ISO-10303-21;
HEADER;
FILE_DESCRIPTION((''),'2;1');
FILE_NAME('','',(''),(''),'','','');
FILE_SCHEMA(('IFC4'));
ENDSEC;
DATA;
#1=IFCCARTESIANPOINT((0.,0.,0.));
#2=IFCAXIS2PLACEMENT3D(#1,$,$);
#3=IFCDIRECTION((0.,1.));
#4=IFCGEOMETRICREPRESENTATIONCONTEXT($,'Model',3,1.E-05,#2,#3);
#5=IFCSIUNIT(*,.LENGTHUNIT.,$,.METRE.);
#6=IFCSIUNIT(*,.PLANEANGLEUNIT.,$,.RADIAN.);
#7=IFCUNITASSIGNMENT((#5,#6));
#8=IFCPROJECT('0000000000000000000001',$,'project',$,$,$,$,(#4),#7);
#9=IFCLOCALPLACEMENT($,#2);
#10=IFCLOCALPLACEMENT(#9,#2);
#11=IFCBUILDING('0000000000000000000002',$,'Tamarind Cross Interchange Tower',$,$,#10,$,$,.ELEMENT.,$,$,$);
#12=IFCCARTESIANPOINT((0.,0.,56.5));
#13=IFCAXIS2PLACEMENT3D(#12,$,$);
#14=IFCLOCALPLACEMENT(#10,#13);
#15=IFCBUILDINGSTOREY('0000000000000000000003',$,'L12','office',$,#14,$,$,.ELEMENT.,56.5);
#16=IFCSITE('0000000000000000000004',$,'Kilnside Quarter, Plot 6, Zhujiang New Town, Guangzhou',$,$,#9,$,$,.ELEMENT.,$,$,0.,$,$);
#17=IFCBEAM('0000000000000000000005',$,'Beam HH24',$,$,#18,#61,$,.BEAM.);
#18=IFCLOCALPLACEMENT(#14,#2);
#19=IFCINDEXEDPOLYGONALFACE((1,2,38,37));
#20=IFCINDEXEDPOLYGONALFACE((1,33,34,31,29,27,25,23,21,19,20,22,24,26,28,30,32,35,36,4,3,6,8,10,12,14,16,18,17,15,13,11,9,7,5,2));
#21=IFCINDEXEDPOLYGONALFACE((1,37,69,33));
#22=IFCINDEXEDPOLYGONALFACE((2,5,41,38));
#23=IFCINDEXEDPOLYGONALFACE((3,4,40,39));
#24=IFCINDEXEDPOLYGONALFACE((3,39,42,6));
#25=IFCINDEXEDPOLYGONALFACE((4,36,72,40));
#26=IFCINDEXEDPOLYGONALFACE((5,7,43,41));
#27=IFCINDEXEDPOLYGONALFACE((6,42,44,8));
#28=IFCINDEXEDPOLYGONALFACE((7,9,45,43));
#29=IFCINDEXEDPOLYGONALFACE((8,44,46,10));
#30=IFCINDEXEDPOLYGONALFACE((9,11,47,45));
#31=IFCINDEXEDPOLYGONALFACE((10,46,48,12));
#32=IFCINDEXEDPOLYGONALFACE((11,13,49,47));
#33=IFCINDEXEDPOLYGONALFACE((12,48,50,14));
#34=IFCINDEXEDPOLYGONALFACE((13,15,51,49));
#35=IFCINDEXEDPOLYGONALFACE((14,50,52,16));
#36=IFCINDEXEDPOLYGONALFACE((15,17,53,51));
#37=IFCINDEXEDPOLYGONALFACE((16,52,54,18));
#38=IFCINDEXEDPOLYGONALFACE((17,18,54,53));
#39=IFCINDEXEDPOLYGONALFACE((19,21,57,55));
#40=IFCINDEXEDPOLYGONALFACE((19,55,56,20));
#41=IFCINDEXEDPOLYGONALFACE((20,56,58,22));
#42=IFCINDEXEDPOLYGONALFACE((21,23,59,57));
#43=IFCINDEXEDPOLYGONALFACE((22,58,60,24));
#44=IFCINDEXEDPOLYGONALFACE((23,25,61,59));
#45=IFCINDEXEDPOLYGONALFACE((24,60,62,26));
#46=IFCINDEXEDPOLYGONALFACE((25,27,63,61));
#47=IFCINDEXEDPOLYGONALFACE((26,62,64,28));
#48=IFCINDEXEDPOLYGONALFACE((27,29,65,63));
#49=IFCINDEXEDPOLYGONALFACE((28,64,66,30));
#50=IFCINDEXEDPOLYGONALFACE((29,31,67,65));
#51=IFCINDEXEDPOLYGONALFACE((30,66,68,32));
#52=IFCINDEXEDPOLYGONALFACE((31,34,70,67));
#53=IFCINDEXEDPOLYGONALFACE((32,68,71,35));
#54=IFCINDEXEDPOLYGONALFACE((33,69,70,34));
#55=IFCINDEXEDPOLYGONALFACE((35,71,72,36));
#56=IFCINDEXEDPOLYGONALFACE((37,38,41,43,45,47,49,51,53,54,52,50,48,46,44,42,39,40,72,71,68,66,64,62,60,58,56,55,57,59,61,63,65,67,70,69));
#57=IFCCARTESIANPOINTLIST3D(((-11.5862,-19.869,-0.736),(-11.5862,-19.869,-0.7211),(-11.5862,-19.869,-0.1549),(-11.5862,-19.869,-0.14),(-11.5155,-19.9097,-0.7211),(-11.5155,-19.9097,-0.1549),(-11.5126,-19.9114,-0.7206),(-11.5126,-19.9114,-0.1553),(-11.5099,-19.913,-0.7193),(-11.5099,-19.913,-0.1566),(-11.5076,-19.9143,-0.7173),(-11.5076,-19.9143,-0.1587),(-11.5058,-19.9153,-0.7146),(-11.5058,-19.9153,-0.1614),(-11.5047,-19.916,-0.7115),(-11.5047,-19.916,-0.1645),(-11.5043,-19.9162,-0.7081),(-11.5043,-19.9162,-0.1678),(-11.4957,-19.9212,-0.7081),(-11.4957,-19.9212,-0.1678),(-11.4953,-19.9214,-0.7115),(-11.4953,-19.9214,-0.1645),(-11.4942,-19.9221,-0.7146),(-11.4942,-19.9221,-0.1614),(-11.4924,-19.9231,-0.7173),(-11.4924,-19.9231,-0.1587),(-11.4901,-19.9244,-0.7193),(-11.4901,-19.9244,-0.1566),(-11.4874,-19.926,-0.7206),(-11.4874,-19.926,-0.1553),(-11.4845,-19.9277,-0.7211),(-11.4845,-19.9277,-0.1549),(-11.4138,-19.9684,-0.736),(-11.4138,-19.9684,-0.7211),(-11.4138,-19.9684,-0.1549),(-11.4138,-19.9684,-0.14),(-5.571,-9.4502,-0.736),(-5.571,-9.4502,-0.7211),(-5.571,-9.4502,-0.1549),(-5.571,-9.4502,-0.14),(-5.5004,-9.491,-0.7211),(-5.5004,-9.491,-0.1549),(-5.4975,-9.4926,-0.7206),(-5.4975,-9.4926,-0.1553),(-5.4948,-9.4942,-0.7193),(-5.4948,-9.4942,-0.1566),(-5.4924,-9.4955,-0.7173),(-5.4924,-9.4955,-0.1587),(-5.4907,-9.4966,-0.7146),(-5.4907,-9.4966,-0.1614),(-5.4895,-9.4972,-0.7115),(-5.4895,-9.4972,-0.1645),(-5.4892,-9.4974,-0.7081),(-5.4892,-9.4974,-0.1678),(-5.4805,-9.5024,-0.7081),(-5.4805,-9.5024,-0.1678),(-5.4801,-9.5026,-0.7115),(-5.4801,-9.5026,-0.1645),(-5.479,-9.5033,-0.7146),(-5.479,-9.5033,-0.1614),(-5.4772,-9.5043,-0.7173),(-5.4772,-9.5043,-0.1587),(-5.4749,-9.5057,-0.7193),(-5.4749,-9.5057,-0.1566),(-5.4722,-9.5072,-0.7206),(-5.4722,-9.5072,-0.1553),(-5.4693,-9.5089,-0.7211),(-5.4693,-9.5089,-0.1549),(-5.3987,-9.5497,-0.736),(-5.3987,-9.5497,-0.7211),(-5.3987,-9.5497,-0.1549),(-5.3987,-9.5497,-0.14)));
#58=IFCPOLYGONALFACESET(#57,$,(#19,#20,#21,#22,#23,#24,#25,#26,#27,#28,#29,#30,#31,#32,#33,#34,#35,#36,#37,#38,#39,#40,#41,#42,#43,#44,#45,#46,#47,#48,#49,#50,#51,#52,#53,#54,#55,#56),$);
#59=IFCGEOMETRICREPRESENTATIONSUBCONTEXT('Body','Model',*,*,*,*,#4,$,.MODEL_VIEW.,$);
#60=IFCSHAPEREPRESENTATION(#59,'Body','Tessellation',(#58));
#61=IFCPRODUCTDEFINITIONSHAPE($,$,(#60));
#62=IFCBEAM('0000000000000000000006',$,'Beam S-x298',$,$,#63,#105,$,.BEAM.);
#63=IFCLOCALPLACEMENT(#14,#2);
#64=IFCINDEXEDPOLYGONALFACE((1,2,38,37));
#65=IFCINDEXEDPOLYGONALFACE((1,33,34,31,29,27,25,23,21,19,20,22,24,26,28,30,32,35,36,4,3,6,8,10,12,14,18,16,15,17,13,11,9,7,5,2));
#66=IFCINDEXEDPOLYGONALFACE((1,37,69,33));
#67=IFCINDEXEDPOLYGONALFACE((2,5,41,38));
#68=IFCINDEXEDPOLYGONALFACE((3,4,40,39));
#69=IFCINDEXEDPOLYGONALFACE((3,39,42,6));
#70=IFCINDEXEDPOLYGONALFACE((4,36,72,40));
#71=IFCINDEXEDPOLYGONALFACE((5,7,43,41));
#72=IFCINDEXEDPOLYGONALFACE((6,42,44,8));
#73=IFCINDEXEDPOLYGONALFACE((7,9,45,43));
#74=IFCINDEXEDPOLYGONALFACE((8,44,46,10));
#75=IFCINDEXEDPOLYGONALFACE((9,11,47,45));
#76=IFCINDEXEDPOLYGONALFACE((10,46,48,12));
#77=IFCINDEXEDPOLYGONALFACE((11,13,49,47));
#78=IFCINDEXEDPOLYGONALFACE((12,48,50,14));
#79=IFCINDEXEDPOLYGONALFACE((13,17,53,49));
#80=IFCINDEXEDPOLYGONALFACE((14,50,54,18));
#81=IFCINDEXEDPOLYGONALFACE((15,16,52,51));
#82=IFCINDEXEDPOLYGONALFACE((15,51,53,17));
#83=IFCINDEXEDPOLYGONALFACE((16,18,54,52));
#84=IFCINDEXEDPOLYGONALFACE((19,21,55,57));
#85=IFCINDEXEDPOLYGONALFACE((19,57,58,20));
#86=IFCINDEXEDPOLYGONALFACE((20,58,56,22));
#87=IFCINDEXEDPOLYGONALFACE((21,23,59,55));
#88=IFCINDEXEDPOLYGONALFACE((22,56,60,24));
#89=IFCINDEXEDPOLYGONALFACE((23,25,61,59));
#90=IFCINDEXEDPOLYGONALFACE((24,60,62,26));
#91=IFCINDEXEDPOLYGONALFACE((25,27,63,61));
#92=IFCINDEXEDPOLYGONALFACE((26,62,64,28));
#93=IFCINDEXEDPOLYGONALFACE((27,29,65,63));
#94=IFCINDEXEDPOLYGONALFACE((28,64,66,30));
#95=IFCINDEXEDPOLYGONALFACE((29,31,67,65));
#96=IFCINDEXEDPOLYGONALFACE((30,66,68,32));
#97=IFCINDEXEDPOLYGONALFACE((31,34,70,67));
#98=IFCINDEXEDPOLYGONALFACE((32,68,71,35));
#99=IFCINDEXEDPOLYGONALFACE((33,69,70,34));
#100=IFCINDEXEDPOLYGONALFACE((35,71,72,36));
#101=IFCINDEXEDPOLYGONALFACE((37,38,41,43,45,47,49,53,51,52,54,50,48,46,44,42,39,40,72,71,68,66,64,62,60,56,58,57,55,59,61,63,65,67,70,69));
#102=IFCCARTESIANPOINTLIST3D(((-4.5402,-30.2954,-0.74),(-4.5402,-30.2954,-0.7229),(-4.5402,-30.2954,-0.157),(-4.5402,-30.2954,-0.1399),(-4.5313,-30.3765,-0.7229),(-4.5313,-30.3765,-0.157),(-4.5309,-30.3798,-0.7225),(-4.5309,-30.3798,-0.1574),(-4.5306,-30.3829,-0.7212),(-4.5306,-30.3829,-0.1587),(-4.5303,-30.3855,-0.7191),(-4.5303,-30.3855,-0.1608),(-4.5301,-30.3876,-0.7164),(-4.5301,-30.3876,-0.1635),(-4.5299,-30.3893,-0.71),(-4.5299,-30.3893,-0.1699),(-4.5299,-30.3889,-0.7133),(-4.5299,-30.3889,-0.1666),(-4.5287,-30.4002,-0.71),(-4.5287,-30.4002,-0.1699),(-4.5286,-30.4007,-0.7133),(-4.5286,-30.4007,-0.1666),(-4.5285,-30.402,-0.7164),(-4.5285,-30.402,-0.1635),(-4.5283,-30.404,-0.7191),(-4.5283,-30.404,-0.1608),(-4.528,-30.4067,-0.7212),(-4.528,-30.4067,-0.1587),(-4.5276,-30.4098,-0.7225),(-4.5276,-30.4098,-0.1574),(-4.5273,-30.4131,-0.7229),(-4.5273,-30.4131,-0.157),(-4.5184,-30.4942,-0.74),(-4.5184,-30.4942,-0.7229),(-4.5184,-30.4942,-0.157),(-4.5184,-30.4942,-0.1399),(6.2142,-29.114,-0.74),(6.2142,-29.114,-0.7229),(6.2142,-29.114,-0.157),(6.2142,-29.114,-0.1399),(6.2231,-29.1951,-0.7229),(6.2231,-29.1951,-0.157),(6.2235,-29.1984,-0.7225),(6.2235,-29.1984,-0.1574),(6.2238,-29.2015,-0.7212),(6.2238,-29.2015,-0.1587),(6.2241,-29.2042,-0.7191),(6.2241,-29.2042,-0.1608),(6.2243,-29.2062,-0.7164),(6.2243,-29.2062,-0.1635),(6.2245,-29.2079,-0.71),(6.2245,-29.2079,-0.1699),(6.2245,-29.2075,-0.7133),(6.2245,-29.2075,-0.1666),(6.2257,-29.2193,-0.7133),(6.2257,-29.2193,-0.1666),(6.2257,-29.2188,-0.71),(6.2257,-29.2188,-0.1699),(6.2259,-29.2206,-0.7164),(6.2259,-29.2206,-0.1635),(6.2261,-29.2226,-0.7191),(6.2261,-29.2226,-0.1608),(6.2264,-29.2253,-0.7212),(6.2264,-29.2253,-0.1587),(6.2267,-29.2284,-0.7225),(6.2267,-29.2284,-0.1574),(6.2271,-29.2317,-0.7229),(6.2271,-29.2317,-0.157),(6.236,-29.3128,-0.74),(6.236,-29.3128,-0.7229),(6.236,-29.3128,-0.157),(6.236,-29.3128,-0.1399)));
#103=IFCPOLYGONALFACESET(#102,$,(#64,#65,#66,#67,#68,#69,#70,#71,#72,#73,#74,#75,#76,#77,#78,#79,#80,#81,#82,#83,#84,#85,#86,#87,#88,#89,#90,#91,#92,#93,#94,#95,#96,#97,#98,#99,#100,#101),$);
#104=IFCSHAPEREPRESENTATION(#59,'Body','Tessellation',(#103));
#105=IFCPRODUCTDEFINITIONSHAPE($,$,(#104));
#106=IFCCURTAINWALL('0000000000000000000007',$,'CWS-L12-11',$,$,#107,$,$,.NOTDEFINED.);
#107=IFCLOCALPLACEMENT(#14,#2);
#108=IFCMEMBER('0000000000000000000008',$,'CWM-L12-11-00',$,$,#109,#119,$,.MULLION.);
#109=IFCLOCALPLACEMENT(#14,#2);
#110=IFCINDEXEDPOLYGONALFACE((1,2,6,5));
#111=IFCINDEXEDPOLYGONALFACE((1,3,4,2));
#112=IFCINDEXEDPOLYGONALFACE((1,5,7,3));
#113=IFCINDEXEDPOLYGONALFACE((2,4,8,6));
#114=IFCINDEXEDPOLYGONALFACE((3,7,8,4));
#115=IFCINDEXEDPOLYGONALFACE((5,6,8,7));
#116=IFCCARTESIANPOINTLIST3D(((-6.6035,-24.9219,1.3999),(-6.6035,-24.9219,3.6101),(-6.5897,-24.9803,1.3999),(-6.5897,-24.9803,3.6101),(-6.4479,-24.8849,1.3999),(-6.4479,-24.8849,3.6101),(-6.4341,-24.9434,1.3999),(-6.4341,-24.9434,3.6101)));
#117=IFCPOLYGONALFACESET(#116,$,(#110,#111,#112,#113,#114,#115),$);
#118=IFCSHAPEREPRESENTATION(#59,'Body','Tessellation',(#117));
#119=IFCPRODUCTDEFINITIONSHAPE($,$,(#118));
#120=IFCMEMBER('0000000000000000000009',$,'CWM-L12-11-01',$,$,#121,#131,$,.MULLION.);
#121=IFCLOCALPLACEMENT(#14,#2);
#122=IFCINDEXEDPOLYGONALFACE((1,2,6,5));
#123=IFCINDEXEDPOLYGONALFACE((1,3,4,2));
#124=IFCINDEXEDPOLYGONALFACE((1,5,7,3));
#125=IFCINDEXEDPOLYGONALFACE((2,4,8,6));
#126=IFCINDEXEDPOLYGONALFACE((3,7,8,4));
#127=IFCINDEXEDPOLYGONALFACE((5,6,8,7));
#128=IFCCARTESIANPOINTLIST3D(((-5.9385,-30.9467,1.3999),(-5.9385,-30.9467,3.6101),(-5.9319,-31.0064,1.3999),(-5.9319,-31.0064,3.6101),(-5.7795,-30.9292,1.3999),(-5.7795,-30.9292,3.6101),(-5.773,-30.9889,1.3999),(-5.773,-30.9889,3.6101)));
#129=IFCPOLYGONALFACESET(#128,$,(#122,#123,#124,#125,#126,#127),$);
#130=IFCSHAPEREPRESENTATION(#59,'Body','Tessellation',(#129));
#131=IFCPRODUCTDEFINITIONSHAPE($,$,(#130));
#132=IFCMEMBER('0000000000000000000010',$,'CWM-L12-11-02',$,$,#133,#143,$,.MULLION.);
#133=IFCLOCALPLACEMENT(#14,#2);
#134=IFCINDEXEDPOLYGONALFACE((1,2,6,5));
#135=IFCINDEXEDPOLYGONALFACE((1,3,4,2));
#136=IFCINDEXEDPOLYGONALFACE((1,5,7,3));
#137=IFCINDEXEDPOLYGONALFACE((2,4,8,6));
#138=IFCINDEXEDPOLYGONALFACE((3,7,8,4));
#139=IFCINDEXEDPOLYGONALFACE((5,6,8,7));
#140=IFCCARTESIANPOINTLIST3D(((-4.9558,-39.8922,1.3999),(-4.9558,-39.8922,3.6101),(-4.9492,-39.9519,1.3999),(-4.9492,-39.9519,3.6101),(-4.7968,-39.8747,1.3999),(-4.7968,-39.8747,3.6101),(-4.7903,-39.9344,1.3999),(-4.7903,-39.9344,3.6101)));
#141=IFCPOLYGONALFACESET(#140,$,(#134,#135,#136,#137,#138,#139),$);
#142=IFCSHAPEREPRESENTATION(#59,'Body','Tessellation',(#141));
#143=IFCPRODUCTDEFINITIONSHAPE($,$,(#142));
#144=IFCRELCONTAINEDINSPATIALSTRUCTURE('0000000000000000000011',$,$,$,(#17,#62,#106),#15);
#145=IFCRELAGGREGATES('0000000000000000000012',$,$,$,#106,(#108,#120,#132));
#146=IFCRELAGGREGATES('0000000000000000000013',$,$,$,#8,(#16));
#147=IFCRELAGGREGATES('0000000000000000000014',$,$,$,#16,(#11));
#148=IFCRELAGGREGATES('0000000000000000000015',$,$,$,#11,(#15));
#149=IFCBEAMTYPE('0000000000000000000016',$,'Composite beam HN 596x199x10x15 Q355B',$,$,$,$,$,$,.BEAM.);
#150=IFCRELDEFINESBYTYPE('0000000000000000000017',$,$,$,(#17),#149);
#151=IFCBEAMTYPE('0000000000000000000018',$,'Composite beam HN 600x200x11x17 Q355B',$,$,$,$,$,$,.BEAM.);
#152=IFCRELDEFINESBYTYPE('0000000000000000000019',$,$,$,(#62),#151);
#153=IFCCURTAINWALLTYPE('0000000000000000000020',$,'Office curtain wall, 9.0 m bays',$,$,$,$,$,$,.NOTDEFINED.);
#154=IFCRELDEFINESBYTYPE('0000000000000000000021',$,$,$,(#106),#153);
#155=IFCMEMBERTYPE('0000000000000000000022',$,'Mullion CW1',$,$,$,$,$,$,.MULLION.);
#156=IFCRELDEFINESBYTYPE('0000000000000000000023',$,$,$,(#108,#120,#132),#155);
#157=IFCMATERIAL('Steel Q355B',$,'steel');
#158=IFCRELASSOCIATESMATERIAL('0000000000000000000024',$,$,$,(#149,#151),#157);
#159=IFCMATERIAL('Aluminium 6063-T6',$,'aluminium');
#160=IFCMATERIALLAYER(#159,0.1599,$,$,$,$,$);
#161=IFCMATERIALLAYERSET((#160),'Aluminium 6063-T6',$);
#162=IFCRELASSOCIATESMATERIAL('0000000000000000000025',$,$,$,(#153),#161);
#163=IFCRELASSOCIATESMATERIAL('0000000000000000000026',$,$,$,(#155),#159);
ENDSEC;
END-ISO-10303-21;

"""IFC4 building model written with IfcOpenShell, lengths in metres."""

from ifc_helpers import new_model, si_unit, direction, frame, origin, origin_2d, place, context, subcontext, project, spatial, rectangle, i_section, extrude, material, layer, layer_set, material_profile, profile_set, type_object, element, aggregate, save


model = new_model("IFC4")

# Units and contexts
model_context = context("Model", 3, precision=1e-05, world=origin(), true_north=direction((0.0, 1.0)))
body_context = subcontext(model_context, "Body", "Model", "MODEL_VIEW")
ifc_project = project(units=[si_unit("LENGTHUNIT", "METRE"), si_unit("PLANEANGLEUNIT", "RADIAN")], contexts=[model_context])

# Site, building, storey
site_placement = place(None, origin())
site = spatial("IfcSite", under=ifc_project, at=site_placement, Name="Kilnside Quarter, Plot 6, Zhujiang New Town, Guangzhou", CompositionType="ELEMENT", RefElevation=0.0)
building_placement = place(site_placement, origin())
building = spatial("IfcBuilding", under=site, at=building_placement, Name="Tamarind Cross Interchange Tower", CompositionType="ELEMENT")
storey_placement = place(building_placement, frame((0.0, 0.0, 56.5)))
storey = spatial("IfcBuildingStorey", under=building, at=storey_placement, Name="L12", Description="office", CompositionType="ELEMENT", Elevation=56.5)

# Beams
ifc_material_1 = material(Name="Steel Q355B", Category="steel")
ifc_material_profile_1 = material_profile(ifc_material_1, i_section(OverallWidth=0.199, OverallDepth=0.5959, WebThickness=0.01, FlangeThickness=0.0149, FilletRadius=0.0129, at=origin_2d()), Name="HN 596x199x10x15")
ifc_profile_set_1 = profile_set([ifc_material_profile_1], Name="Steel Q355B")
beam_type_1 = type_object("IfcBeamType", Name="Composite beam HN 596x199x10x15 Q355B", PredefinedType="BEAM", material=ifc_profile_set_1)
beam_1_placement = place(storey_placement, frame((-11.5, -19.9187, -0.438), z_axis=(0.499994, 0.866029, 0.0), x_axis=(-0.866029, 0.499994, 0.0)))
element("IfcBeam", 1, at=beam_1_placement, inside=storey, type_object=beam_type_1, Name="Beam HH24", PredefinedType="BEAM", context=body_context, shape_type="SweptSolid", body=[
    extrude(i_section(OverallWidth=0.199, OverallDepth=0.5959, WebThickness=0.01, FlangeThickness=0.0149, FilletRadius=0.0129, at=origin_2d()), origin(), (0.0, 0.0, 1.0), 12.0305),
])
ifc_material_profile_2 = material_profile(ifc_material_1, i_section(OverallWidth=0.2, OverallDepth=0.6001, WebThickness=0.011, FlangeThickness=0.0171, FilletRadius=0.0129, at=origin_2d()), Name="HN 600x200x11x17")
ifc_profile_set_2 = profile_set([ifc_material_profile_2], Name="Steel Q355B")
beam_type_2 = type_object("IfcBeamType", Name="Composite beam HN 600x200x11x17 Q355B", PredefinedType="BEAM", material=ifc_profile_set_2)
beam_2_placement = place(storey_placement, frame((-4.5293, -30.3948, -0.4399), z_axis=(0.99402, 0.109196, 0.0), x_axis=(-0.109196, 0.99402, 0.0)))
element("IfcBeam", 2, at=beam_2_placement, inside=storey, type_object=beam_type_2, Name="Beam S-x298", PredefinedType="BEAM", context=body_context, shape_type="SweptSolid", body=[
    extrude(i_section(OverallWidth=0.2, OverallDepth=0.6001, WebThickness=0.011, FlangeThickness=0.0171, FilletRadius=0.0129, at=origin_2d()), origin(), (0.0, 0.0, 1.0), 10.8191),
])

# Curtain wall, members
ifc_material_2 = material(Name="Aluminium 6063-T6", Category="aluminium")
ifc_layer_1 = layer(ifc_material_2, 0.1599)
ifc_layer_set_1 = layer_set([ifc_layer_1], Name="Aluminium 6063-T6")
curtain_wall_type = type_object("IfcCurtainWallType", Name="Office curtain wall, 9.0 m bays", PredefinedType="NOTDEFINED", material=ifc_layer_set_1)
curtain_wall_placement = place(storey_placement, origin())
curtain_wall = element("IfcCurtainWall", 3, at=curtain_wall_placement, inside=storey, type_object=curtain_wall_type, Name="CWS-L12-11", PredefinedType="NOTDEFINED")
ifc_material_profile_3 = material_profile(ifc_material_2, rectangle(XDim=0.0601, YDim=0.1599, at=origin_2d()), Name="Mullion CW1")
ifc_profile_set_3 = profile_set([ifc_material_profile_3], Name="Aluminium 6063-T6")
member_type = type_object("IfcMemberType", Name="Mullion CW1", PredefinedType="MULLION", material=ifc_profile_set_3)
member_1_placement = place(storey_placement, frame((-6.5188, -24.9326, 1.3999), z_axis=(0.0, 0.0, 1.0), x_axis=(0.23101, -0.972951, 0.0)))
member_1 = element("IfcMember", 4, at=member_1_placement, type_object=member_type, Name="CWM-L12-11-00", PredefinedType="MULLION", context=body_context, shape_type="SweptSolid", body=[
    extrude(rectangle(XDim=0.0601, YDim=0.1599, at=origin_2d()), origin(), (0.0, 0.0, 1.0), 2.2102),
])
member_2_placement = place(storey_placement, frame((-5.8557, -30.9678, 1.3999), z_axis=(0.0, 0.0, 1.0), x_axis=(0.109193, -0.994021, 0.0)))
member_2 = element("IfcMember", 5, at=member_2_placement, type_object=member_type, Name="CWM-L12-11-01", PredefinedType="MULLION", context=body_context, shape_type="SweptSolid", body=[
    extrude(rectangle(XDim=0.0601, YDim=0.1599, at=origin_2d()), origin(), (0.0, 0.0, 1.0), 2.2102),
])
member_3_placement = place(storey_placement, frame((-4.873, -39.9133, 1.3999), z_axis=(0.0, 0.0, 1.0), x_axis=(0.109193, -0.994021, 0.0)))
member_3 = element("IfcMember", 6, at=member_3_placement, type_object=member_type, Name="CWM-L12-11-02", PredefinedType="MULLION", context=body_context, shape_type="SweptSolid", body=[
    extrude(rectangle(XDim=0.0601, YDim=0.1599, at=origin_2d()), origin(), (0.0, 0.0, 1.0), 2.2102),
])
aggregate(curtain_wall, [member_1, member_2, member_3])

save(model, "model.ifc")
